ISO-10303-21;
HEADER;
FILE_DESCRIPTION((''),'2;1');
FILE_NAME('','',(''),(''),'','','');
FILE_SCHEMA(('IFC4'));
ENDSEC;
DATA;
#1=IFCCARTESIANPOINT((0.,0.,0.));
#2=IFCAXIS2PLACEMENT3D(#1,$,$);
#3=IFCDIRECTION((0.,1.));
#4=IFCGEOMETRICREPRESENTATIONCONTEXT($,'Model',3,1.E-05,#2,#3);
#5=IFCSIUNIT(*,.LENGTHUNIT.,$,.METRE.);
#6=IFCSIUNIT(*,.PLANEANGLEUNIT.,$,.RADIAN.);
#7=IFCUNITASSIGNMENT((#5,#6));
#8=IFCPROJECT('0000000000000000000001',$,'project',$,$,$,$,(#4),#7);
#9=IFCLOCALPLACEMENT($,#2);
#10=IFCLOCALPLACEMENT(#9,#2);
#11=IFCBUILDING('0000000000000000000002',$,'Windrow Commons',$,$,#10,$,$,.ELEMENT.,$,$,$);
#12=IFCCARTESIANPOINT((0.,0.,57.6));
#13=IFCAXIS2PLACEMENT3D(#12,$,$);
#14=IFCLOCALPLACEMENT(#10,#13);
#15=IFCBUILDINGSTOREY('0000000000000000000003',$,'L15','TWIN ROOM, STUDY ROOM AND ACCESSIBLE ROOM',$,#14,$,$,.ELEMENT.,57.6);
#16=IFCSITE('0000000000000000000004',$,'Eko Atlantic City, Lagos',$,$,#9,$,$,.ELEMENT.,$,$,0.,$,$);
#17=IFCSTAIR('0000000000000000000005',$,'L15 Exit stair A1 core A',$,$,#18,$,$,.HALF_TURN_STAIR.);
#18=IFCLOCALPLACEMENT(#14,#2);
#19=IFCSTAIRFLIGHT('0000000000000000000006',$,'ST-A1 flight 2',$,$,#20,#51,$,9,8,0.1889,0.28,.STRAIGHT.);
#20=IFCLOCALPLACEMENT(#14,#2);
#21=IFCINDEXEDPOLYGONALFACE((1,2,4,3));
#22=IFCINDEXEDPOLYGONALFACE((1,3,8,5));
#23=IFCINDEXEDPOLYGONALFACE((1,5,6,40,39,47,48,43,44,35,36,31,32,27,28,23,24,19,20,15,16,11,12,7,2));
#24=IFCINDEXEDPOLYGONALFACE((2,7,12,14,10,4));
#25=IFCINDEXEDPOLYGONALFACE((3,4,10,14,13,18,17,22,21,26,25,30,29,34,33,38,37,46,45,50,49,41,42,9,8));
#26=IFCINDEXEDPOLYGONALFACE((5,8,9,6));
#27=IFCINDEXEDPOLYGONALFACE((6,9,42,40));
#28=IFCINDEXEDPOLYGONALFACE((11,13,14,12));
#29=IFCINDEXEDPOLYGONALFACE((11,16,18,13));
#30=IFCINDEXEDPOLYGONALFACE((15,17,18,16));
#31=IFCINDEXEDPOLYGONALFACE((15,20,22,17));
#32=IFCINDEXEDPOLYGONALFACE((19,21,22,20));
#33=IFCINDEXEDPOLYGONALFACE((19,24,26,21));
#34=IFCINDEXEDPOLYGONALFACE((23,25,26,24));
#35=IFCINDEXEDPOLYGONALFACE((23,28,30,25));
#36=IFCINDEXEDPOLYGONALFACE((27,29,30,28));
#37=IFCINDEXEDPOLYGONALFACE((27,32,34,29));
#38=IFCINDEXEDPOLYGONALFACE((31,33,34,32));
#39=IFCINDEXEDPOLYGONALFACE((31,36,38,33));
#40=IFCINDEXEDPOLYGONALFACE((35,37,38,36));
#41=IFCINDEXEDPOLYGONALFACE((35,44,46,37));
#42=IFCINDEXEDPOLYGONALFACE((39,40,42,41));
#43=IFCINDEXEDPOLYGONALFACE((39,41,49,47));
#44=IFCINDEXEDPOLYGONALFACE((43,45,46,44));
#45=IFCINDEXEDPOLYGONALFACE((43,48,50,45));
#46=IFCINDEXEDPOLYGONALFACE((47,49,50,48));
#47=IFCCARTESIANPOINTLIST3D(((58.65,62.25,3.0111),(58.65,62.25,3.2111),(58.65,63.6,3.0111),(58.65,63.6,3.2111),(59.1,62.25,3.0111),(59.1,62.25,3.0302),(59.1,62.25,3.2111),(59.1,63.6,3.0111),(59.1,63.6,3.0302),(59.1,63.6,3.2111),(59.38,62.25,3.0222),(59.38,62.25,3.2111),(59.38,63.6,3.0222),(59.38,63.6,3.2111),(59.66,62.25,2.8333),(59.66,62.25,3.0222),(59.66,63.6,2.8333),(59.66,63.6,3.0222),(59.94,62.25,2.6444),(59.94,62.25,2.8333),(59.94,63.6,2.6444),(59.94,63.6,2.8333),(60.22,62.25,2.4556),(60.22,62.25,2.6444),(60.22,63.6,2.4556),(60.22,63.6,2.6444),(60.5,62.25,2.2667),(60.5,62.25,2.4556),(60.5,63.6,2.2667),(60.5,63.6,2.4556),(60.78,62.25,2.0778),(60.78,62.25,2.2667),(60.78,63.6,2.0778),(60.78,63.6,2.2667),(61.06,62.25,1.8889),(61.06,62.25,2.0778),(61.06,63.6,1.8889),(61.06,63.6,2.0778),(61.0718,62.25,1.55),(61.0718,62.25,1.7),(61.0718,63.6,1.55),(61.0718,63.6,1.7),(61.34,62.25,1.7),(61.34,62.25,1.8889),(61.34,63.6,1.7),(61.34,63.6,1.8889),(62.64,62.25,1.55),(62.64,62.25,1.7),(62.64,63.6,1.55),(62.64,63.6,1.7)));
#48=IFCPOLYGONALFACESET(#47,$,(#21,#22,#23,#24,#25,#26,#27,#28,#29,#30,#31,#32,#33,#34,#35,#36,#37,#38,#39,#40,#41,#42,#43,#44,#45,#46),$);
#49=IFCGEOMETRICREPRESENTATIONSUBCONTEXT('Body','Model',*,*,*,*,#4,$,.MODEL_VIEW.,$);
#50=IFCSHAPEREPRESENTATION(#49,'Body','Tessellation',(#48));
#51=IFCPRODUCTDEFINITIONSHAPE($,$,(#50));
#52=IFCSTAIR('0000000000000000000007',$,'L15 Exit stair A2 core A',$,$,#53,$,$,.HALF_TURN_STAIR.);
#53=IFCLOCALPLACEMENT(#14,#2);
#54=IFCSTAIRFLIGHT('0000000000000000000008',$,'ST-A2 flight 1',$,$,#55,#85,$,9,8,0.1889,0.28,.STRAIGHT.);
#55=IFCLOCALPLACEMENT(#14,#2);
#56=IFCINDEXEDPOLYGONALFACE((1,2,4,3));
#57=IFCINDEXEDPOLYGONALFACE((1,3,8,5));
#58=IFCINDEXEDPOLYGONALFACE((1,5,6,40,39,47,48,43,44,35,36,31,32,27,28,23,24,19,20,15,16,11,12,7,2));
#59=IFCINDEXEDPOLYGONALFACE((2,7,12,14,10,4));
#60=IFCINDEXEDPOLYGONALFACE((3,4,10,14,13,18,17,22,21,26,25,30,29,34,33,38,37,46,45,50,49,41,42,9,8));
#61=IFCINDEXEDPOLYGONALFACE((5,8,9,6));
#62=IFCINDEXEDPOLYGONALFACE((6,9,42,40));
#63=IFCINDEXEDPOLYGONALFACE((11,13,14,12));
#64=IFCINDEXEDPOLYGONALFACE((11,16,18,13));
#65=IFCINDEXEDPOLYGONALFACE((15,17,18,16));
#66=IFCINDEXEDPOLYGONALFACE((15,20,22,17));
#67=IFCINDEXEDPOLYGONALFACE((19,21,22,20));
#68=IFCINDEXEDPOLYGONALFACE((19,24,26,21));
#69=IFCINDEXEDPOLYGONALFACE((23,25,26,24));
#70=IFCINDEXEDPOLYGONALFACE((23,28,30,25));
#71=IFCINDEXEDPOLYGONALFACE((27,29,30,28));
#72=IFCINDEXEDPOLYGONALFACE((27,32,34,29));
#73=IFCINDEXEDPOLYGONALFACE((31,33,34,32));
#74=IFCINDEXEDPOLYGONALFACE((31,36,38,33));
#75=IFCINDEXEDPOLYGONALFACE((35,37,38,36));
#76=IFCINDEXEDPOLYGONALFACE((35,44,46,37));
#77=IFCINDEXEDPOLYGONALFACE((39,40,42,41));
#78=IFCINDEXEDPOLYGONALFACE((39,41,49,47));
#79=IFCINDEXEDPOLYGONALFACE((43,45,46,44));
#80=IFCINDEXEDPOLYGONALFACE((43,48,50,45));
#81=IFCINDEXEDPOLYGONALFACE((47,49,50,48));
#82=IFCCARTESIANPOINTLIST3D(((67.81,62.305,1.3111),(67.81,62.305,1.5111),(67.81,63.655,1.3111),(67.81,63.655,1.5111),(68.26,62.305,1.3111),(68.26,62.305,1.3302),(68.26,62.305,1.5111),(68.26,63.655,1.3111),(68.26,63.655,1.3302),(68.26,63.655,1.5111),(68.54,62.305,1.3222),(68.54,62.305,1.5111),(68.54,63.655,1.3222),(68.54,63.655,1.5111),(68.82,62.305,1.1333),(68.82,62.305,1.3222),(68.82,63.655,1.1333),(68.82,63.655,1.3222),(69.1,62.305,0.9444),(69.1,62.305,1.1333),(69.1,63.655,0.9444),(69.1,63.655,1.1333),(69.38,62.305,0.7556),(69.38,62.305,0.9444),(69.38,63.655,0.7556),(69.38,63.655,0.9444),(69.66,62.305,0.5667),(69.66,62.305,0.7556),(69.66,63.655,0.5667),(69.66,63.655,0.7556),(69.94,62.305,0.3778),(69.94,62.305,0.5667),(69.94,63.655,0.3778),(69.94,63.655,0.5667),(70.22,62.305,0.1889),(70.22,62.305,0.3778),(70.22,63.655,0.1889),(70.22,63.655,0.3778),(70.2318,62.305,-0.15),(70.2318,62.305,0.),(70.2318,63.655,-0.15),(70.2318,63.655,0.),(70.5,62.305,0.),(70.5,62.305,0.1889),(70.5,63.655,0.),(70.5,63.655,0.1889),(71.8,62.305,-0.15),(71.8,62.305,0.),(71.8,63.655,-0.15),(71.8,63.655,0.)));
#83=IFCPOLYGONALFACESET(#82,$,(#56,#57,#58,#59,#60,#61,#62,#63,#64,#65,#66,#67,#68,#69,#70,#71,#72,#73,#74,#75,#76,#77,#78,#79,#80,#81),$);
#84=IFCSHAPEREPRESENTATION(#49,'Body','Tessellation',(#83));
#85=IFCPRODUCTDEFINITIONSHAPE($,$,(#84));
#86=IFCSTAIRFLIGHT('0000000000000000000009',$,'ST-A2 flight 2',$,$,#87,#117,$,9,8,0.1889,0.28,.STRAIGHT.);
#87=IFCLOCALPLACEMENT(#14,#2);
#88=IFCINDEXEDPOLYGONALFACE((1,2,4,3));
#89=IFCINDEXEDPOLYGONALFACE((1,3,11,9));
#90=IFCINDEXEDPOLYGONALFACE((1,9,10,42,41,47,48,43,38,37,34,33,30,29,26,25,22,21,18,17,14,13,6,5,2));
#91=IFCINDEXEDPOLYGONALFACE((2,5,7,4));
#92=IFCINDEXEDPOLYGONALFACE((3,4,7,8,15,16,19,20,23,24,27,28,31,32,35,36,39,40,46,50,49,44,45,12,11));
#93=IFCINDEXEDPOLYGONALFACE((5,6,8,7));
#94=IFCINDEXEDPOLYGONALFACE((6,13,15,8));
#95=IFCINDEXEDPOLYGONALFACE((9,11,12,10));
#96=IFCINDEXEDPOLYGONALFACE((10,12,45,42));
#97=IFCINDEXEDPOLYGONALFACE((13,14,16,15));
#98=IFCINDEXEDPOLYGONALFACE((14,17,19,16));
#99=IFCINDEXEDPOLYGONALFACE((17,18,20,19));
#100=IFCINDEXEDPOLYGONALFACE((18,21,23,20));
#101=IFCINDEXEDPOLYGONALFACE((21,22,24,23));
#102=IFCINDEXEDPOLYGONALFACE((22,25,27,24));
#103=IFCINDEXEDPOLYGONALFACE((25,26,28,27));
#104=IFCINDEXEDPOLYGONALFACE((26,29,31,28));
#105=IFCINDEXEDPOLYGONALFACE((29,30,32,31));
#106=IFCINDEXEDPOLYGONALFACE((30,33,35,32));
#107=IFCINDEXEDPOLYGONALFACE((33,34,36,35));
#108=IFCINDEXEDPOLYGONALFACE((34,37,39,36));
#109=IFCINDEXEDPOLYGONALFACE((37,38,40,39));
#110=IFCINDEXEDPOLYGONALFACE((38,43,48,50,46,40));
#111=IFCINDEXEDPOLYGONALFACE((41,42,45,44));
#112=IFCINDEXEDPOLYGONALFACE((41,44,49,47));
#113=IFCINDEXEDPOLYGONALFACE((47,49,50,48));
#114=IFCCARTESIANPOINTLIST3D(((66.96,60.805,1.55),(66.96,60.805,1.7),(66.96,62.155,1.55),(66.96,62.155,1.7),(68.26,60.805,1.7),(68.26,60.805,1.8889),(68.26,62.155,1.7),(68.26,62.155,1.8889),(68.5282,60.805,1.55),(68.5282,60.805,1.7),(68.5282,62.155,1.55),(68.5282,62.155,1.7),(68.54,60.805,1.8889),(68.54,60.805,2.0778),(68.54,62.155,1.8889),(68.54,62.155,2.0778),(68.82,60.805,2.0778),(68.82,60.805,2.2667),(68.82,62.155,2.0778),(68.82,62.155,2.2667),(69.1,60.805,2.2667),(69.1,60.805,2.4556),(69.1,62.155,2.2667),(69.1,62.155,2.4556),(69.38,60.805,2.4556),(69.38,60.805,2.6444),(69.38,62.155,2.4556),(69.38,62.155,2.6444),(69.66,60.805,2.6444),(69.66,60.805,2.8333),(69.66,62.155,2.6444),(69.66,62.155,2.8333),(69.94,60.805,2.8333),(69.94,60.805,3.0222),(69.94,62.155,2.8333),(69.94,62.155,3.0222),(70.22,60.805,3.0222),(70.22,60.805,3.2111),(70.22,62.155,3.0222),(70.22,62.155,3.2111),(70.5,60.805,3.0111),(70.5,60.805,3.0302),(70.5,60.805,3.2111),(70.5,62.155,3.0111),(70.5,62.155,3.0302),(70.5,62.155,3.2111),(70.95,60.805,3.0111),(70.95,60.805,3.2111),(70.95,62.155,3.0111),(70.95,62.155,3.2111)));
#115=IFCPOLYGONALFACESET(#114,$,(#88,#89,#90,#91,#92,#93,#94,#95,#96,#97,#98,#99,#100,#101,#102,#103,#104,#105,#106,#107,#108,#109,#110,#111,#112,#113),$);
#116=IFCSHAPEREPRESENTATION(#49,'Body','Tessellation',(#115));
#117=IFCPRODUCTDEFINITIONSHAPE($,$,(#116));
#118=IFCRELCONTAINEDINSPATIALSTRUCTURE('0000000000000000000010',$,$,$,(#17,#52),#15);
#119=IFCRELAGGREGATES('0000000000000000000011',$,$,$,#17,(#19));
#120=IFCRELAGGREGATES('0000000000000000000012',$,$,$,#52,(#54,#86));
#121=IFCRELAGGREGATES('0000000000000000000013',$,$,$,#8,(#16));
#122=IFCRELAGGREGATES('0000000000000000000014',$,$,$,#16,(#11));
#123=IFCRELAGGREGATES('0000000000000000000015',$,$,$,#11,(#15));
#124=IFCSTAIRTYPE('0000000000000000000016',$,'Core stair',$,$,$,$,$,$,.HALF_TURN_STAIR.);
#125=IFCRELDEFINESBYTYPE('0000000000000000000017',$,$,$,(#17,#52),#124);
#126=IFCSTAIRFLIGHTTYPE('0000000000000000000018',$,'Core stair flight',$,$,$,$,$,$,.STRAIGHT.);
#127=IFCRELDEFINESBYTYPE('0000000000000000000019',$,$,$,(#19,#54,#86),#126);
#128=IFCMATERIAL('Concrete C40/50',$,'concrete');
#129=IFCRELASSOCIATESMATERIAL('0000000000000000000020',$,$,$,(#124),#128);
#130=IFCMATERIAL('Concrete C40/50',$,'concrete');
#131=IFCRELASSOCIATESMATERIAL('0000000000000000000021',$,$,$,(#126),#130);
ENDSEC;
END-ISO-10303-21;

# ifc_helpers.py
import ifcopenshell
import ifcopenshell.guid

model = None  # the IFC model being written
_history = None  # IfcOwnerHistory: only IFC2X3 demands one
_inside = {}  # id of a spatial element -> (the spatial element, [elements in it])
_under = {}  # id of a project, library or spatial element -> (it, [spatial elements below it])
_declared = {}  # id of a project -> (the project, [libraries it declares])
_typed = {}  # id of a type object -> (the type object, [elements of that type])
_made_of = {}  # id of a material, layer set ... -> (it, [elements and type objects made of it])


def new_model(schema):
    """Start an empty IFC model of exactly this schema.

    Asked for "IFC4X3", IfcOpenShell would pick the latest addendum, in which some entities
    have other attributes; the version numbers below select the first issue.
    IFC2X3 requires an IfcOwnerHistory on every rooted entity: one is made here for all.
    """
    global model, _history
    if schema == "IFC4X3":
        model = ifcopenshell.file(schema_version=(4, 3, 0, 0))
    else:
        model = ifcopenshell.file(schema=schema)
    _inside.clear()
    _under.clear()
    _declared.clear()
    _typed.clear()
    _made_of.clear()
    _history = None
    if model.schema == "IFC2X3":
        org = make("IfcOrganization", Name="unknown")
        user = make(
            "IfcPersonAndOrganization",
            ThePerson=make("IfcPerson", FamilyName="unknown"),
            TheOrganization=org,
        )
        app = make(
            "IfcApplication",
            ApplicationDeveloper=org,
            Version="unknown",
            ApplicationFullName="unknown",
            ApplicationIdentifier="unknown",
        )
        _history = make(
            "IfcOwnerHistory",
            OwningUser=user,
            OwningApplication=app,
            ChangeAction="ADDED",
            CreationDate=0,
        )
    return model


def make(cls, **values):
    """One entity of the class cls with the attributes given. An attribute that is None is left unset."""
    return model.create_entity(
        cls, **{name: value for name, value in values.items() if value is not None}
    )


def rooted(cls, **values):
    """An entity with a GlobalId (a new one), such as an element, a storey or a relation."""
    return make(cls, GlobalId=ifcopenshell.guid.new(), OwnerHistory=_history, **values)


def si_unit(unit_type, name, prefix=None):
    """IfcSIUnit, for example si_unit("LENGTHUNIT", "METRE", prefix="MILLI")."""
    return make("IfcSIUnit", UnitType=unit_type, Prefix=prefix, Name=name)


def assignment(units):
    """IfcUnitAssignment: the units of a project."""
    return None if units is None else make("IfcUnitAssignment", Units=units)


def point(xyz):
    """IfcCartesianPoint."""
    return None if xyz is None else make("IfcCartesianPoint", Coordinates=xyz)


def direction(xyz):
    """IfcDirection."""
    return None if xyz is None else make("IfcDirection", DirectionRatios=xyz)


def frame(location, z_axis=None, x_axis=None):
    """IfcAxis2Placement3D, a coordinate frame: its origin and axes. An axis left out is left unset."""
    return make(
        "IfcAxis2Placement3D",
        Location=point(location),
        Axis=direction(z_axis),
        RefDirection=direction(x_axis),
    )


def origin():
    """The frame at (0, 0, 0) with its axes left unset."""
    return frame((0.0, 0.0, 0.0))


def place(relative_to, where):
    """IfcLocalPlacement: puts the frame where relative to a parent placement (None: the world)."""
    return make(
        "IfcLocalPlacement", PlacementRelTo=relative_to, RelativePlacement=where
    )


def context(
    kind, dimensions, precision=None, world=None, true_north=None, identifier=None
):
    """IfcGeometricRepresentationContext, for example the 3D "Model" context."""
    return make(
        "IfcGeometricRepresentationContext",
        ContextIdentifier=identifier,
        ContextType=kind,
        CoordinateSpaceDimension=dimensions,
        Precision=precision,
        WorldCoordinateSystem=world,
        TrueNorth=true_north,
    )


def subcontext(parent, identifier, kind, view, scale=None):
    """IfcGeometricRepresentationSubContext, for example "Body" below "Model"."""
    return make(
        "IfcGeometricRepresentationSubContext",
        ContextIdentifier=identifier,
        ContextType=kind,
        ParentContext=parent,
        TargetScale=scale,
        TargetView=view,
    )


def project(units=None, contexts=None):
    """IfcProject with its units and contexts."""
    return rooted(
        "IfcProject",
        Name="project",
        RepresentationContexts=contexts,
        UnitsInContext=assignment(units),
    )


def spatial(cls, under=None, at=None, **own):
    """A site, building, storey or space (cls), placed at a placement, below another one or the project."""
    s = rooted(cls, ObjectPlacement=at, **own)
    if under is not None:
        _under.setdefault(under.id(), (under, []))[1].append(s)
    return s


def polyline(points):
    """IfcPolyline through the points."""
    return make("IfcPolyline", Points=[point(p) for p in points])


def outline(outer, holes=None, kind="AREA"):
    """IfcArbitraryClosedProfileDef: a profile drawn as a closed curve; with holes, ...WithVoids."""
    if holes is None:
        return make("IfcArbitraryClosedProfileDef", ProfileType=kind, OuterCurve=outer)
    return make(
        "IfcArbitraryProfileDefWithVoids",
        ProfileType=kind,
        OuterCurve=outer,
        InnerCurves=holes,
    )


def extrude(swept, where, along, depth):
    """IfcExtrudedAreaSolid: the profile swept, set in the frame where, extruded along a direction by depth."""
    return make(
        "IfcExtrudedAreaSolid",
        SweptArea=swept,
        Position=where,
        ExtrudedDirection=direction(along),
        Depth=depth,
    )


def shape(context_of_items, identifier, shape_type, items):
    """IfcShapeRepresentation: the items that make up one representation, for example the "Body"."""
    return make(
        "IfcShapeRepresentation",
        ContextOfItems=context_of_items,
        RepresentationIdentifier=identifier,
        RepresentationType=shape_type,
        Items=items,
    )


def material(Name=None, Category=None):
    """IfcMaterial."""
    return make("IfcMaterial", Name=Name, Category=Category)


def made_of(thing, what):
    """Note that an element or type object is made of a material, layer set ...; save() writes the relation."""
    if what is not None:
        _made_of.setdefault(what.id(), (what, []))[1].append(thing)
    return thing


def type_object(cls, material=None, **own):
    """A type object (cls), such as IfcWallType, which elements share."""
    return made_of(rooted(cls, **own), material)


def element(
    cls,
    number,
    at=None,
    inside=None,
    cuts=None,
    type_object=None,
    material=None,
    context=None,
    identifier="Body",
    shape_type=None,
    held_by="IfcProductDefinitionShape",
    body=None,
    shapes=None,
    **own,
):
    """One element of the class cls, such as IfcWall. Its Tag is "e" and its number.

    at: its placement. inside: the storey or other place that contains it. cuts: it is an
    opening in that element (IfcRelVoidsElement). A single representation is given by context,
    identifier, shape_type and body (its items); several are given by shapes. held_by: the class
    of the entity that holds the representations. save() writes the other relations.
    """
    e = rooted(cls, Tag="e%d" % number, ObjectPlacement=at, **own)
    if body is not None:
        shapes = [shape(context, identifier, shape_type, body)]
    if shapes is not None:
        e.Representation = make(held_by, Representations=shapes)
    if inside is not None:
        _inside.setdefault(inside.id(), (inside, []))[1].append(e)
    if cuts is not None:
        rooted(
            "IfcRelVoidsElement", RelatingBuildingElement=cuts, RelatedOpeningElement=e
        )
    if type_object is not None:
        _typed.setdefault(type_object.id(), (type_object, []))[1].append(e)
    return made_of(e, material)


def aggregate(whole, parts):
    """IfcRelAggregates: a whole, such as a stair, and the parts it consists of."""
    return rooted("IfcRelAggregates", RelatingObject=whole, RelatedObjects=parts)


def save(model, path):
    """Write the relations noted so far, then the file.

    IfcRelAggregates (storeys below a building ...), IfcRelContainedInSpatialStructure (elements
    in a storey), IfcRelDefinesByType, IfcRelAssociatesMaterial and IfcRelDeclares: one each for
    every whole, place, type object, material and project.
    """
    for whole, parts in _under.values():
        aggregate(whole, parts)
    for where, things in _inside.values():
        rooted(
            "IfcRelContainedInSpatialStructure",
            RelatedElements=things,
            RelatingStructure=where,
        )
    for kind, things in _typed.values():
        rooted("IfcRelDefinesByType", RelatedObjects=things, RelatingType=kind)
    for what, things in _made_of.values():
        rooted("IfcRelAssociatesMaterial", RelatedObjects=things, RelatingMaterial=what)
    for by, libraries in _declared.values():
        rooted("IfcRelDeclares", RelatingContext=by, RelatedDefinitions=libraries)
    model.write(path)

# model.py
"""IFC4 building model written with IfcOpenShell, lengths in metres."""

from ifc_helpers import new_model, si_unit, direction, frame, origin, place, context, subcontext, project, spatial, polyline, outline, extrude, material, type_object, element, aggregate, save


model = new_model("IFC4")

# Units and contexts
model_context = context("Model", 3, precision=1e-05, world=origin(), true_north=direction((0.0, 1.0)))
body_context = subcontext(model_context, "Body", "Model", "MODEL_VIEW")
ifc_project = project(units=[si_unit("LENGTHUNIT", "METRE"), si_unit("PLANEANGLEUNIT", "RADIAN")], contexts=[model_context])

# Site, building, storey
site_placement = place(None, origin())
site = spatial("IfcSite", under=ifc_project, at=site_placement, Name="Eko Atlantic City, Lagos", CompositionType="ELEMENT", RefElevation=0.0)
building_placement = place(site_placement, origin())
building = spatial("IfcBuilding", under=site, at=building_placement, Name="Windrow Commons", CompositionType="ELEMENT")
storey_placement = place(building_placement, frame((0.0, 0.0, 57.6)))
storey = spatial("IfcBuildingStorey", under=building, at=storey_placement, Name="L15", Description="TWIN ROOM, STUDY ROOM AND ACCESSIBLE ROOM", CompositionType="ELEMENT", Elevation=57.6)

# Stair, stair flight
ifc_material_1 = material(Name="Concrete C40/50", Category="concrete")
stair_type = type_object("IfcStairType", Name="Core stair", PredefinedType="HALF_TURN_STAIR", material=ifc_material_1)
placement = place(storey_placement, origin())
stair_1 = element("IfcStair", 1, at=placement, inside=storey, type_object=stair_type, Name="L15 Exit stair A1 core A", PredefinedType="HALF_TURN_STAIR")
ifc_material_2 = material(Name="Concrete C40/50", Category="concrete")
stair_flight_type = type_object("IfcStairFlightType", Name="Core stair flight", PredefinedType="STRAIGHT", material=ifc_material_2)
stair_flight_1_placement = place(storey_placement, frame((61.34, 62.925, 1.7), z_axis=(0.0, 0.0, 1.0), x_axis=(-1.0, 0.0, 0.0)))
stair_flight_1 = element("IfcStairFlight", 2, at=stair_flight_1_placement, type_object=stair_flight_type, Name="ST-A1 flight 2", NumberOfRisers=9, NumberOfTreads=8, PredefinedType="STRAIGHT", RiserHeight=0.1889, TreadLength=0.28, context=body_context, shape_type="SweptSolid", body=[
    extrude(outline(polyline([(-1.3, -0.15), (-1.3, 0.0), (0.0, 0.0), (0.0, 0.1889), (0.28, 0.1889), (0.28, 0.3778), (0.56, 0.3778), (0.56, 0.5667), (0.84, 0.5667), (0.84, 0.7556), (1.12, 0.7556), (1.12, 0.9444), (1.4, 0.9444), (1.4, 1.1333), (1.68, 1.1333), (1.68, 1.3222), (1.96, 1.3222), (1.96, 1.5111), (2.24, 1.5111), (2.69, 1.5111), (2.69, 1.3111), (2.24, 1.3111), (2.24, 1.3302), (0.2682, 0.0), (0.2682, -0.15), (-1.3, -0.15)])), frame((0.0, 0.675, 0.0), z_axis=(0.0, -1.0, 0.0), x_axis=(1.0, 0.0, 0.0)), (0.0, 0.0, 1.0), 1.35),
])
aggregate(stair_1, [stair_flight_1])

# Stair, stair flights
stair_2 = element("IfcStair", 3, at=placement, inside=storey, type_object=stair_type, Name="L15 Exit stair A2 core A", PredefinedType="HALF_TURN_STAIR")
stair_flight_2_placement = place(storey_placement, frame((70.5, 62.98, 0.0), z_axis=(0.0, 0.0, 1.0), x_axis=(-1.0, 0.0, 0.0)))
stair_flight_2 = element("IfcStairFlight", 4, at=stair_flight_2_placement, type_object=stair_flight_type, Name="ST-A2 flight 1", NumberOfRisers=9, NumberOfTreads=8, PredefinedType="STRAIGHT", RiserHeight=0.1889, TreadLength=0.28, context=body_context, shape_type="SweptSolid", body=[
    extrude(outline(polyline([(-1.3, -0.15), (-1.3, 0.0), (0.0, 0.0), (0.0, 0.1889), (0.28, 0.1889), (0.28, 0.3778), (0.56, 0.3778), (0.56, 0.5667), (0.84, 0.5667), (0.84, 0.7556), (1.12, 0.7556), (1.12, 0.9444), (1.4, 0.9444), (1.4, 1.1333), (1.68, 1.1333), (1.68, 1.3222), (1.96, 1.3222), (1.96, 1.5111), (2.24, 1.5111), (2.69, 1.5111), (2.69, 1.3111), (2.24, 1.3111), (2.24, 1.3302), (0.2682, 0.0), (0.2682, -0.15), (-1.3, -0.15)])), frame((0.0, 0.675, 0.0), z_axis=(0.0, -1.0, 0.0), x_axis=(1.0, 0.0, 0.0)), (0.0, 0.0, 1.0), 1.35),
])
stair_flight_3_placement = place(storey_placement, frame((68.26, 61.48, 1.7), z_axis=(0.0, 0.0, 1.0), x_axis=(1.0, 0.0, 0.0)))
stair_flight_3 = element("IfcStairFlight", 5, at=stair_flight_3_placement, type_object=stair_flight_type, Name="ST-A2 flight 2", NumberOfRisers=9, NumberOfTreads=8, PredefinedType="STRAIGHT", RiserHeight=0.1889, TreadLength=0.28, context=body_context, shape_type="SweptSolid", body=[
    extrude(outline(polyline([(-1.3, -0.15), (-1.3, 0.0), (0.0, 0.0), (0.0, 0.1889), (0.28, 0.1889), (0.28, 0.3778), (0.56, 0.3778), (0.56, 0.5667), (0.84, 0.5667), (0.84, 0.7556), (1.12, 0.7556), (1.12, 0.9444), (1.4, 0.9444), (1.4, 1.1333), (1.68, 1.1333), (1.68, 1.3222), (1.96, 1.3222), (1.96, 1.5111), (2.24, 1.5111), (2.69, 1.5111), (2.69, 1.3111), (2.24, 1.3111), (2.24, 1.3302), (0.2682, 0.0), (0.2682, -0.15), (-1.3, -0.15)])), frame((0.0, 0.675, 0.0), z_axis=(0.0, -1.0, 0.0), x_axis=(1.0, 0.0, 0.0)), (0.0, 0.0, 1.0), 1.35),
])
aggregate(stair_2, [stair_flight_2, stair_flight_3])

save(model, "model.ifc")
